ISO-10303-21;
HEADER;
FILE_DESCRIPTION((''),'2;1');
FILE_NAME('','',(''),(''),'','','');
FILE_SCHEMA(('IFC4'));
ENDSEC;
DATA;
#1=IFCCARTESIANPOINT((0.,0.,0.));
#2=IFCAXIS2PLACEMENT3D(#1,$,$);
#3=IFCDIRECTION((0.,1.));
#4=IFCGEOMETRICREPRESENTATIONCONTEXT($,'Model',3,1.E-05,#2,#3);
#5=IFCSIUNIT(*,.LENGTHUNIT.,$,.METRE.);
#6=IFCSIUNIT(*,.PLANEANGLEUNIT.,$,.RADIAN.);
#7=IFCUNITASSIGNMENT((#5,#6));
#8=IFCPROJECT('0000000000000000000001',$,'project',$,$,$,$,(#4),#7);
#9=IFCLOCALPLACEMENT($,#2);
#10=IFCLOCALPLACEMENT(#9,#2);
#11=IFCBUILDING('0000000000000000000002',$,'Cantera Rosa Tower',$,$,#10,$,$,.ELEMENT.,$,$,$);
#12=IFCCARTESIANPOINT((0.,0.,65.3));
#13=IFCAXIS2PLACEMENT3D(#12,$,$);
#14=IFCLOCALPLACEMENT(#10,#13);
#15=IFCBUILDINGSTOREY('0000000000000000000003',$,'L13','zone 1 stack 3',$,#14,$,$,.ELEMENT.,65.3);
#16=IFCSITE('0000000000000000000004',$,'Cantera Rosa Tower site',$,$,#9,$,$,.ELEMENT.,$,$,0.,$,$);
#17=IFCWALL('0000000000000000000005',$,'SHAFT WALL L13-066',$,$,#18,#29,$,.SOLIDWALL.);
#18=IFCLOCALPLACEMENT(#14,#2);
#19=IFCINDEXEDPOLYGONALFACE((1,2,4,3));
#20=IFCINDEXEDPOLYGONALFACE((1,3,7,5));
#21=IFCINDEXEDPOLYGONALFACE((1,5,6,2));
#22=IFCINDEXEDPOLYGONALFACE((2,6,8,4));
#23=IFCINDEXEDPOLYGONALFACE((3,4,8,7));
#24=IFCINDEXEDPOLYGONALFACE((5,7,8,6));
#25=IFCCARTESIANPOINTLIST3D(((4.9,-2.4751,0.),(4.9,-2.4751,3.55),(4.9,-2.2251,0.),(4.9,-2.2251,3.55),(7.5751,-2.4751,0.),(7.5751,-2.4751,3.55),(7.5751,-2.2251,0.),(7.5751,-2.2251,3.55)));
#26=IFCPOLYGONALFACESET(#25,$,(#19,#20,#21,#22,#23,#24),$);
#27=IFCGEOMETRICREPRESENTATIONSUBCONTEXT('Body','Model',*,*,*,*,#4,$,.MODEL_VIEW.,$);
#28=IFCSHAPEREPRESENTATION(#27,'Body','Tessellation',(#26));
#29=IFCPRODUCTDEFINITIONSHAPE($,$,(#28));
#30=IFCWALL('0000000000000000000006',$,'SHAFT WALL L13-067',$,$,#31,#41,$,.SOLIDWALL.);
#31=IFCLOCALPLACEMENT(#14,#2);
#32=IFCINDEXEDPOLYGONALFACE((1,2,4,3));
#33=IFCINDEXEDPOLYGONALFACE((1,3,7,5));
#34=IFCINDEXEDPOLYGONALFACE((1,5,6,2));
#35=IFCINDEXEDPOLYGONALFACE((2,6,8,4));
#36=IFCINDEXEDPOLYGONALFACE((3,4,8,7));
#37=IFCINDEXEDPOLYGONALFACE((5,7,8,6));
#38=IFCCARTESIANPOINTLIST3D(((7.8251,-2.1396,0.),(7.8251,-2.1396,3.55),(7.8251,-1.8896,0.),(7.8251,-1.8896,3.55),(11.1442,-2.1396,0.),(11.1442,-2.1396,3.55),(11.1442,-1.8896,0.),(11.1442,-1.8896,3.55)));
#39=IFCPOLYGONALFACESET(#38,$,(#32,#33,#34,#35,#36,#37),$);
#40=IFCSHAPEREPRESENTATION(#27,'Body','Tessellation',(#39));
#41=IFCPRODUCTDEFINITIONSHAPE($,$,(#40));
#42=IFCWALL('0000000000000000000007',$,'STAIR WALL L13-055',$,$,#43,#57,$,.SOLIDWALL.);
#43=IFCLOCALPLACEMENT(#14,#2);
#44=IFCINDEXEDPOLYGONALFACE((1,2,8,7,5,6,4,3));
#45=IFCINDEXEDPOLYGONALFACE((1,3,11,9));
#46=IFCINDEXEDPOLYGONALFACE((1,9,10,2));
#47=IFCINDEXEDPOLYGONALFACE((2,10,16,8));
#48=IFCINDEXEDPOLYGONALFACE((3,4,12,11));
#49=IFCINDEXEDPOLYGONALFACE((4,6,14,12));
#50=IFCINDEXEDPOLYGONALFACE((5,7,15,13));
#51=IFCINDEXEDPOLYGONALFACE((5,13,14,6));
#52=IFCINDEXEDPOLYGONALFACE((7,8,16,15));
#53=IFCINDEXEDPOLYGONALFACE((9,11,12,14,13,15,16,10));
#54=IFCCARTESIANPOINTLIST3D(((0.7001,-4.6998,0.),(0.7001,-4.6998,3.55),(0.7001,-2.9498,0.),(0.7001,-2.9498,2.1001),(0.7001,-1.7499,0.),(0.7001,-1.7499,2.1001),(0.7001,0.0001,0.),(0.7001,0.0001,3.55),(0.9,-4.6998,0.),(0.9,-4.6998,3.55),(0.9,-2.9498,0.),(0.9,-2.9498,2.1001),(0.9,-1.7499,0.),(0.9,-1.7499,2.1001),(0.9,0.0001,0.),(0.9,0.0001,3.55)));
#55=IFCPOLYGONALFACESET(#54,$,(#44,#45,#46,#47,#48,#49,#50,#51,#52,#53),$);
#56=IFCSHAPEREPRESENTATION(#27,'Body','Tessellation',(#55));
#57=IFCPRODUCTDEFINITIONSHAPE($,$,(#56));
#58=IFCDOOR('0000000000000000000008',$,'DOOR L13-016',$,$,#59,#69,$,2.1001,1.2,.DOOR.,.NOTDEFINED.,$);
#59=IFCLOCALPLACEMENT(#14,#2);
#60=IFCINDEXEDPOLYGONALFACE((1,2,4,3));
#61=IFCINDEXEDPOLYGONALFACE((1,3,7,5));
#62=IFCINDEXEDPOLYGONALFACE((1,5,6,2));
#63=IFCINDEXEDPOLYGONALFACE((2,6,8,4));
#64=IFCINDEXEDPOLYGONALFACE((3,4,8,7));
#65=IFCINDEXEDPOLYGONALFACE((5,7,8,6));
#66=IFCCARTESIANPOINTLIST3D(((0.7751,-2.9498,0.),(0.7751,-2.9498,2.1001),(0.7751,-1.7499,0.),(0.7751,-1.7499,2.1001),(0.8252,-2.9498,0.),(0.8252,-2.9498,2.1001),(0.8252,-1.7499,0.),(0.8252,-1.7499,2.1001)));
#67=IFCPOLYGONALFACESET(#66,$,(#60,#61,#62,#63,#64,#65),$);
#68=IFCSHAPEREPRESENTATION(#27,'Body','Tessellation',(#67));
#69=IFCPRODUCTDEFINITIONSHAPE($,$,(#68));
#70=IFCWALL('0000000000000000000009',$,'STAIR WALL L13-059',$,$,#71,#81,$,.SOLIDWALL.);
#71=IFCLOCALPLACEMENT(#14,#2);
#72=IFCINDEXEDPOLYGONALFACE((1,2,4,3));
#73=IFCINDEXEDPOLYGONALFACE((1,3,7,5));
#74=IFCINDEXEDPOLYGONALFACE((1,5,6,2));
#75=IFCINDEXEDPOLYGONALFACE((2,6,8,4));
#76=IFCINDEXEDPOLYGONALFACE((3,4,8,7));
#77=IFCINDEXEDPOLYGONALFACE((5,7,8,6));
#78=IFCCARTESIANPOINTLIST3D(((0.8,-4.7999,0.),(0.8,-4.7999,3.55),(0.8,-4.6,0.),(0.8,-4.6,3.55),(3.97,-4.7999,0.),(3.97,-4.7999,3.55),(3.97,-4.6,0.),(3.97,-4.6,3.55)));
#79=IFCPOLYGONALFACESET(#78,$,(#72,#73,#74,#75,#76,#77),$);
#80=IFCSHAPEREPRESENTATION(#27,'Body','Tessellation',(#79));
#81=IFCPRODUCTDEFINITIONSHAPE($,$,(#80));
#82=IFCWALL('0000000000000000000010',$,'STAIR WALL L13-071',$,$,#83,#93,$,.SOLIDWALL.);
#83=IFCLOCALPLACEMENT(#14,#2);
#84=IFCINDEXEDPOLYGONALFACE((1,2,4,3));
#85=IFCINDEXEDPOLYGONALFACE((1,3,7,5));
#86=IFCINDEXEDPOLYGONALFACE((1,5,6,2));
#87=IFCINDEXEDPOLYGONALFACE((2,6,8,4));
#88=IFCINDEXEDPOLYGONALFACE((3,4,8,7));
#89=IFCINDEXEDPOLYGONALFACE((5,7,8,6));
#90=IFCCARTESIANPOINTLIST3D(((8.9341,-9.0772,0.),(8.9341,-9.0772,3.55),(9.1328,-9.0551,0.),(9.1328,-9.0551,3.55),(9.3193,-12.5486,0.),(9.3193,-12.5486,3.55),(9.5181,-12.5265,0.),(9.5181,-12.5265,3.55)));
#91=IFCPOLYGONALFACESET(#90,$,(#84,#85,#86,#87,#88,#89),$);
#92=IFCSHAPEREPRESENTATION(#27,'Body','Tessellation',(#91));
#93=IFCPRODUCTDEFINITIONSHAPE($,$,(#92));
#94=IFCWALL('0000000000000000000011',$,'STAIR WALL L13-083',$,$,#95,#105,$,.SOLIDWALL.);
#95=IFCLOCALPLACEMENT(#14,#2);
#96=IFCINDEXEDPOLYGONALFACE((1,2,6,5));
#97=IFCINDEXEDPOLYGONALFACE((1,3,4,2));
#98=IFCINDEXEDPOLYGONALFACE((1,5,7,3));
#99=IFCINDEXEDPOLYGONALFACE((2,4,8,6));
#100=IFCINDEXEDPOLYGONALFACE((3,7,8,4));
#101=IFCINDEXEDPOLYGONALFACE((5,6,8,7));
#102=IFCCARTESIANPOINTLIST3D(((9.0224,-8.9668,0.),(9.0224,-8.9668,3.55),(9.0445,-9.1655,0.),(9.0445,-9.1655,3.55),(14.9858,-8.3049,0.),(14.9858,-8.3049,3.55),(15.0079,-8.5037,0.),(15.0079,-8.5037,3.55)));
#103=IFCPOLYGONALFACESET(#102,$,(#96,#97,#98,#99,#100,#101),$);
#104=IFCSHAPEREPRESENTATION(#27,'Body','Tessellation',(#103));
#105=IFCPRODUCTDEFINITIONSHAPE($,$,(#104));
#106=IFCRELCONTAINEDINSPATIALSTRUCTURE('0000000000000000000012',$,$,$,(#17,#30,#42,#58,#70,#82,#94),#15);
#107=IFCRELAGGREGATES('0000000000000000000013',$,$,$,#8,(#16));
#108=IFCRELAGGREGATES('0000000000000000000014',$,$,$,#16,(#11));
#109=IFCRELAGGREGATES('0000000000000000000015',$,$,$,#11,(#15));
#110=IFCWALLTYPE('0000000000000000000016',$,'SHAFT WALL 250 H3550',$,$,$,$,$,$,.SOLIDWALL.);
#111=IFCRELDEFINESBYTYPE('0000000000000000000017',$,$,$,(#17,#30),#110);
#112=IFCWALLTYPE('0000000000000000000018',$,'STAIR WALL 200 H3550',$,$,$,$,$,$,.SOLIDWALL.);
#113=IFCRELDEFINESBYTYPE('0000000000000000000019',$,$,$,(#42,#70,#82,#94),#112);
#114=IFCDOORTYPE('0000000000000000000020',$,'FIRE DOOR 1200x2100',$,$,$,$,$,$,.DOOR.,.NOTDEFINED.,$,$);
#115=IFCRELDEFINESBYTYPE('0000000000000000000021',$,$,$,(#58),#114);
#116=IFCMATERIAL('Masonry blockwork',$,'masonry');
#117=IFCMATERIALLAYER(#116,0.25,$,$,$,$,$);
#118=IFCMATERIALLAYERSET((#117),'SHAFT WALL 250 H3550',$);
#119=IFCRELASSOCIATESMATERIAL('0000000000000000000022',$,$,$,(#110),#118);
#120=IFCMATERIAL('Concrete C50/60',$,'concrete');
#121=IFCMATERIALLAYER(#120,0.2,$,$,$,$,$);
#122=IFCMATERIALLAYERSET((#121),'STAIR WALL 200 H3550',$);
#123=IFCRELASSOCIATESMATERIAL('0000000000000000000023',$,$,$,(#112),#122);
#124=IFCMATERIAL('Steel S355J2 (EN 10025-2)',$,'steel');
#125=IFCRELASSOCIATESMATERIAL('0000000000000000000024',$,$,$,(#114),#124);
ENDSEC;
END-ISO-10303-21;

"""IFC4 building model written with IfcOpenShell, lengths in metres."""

from ifc_helpers import new_model, si_unit, direction, frame, frame_2d, origin, place, context, subcontext, project, spatial, rectangle, extrude, material, layer, layer_set, type_object, element, fill, save


model = new_model("IFC4")

# Units and contexts
model_context = context("Model", 3, precision=1e-05, world=origin(), true_north=direction((0.0, 1.0)))
body_context = subcontext(model_context, "Body", "Model", "MODEL_VIEW")
ifc_project = project(units=[si_unit("LENGTHUNIT", "METRE"), si_unit("PLANEANGLEUNIT", "RADIAN")], contexts=[model_context])

# Site, building, storey
site_placement = place(None, origin())
site = spatial("IfcSite", under=ifc_project, at=site_placement, Name="Cantera Rosa Tower site", CompositionType="ELEMENT", RefElevation=0.0)
building_placement = place(site_placement, origin())
building = spatial("IfcBuilding", under=site, at=building_placement, Name="Cantera Rosa Tower", CompositionType="ELEMENT")
storey_placement = place(building_placement, frame((0.0, 0.0, 65.3)))
storey = spatial("IfcBuildingStorey", under=building, at=storey_placement, Name="L13", Description="zone 1 stack 3", CompositionType="ELEMENT", Elevation=65.3)

# Walls
ifc_material_1 = material(Name="Masonry blockwork", Category="masonry")
ifc_layer_1 = layer(ifc_material_1, 0.25)
ifc_layer_set_1 = layer_set([ifc_layer_1], Name="SHAFT WALL 250 H3550")
wall_type_1 = type_object("IfcWallType", Name="SHAFT WALL 250 H3550", PredefinedType="SOLIDWALL", material=ifc_layer_set_1)
wall_1_placement = place(storey_placement, frame((7.575, -2.3501, 0.0), z_axis=(0.0, 0.0, 1.0), x_axis=(-1.0, 0.0, 0.0)))
element("IfcWall", 1, at=wall_1_placement, inside=storey, type_object=wall_type_1, Name="SHAFT WALL L13-066", PredefinedType="SOLIDWALL", context=body_context, shape_type="SweptSolid", body=[
    extrude(rectangle(XDim=2.675, YDim=0.25, at=frame_2d((1.3374, 0.0))), origin(), (0.0, 0.0, 1.0), 3.55),
])
wall_2_placement = place(storey_placement, frame((7.825, -2.0146, 0.0), z_axis=(0.0, 0.0, 1.0), x_axis=(1.0, 0.0, 0.0)))
element("IfcWall", 2, at=wall_2_placement, inside=storey, type_object=wall_type_1, Name="SHAFT WALL L13-067", PredefinedType="SOLIDWALL", context=body_context, shape_type="SweptSolid", body=[
    extrude(rectangle(XDim=3.3191, YDim=0.25, at=frame_2d((1.6597, 0.0))), origin(), (0.0, 0.0, 1.0), 3.55),
])

# Wall, opening, door
ifc_material_2 = material(Name="Concrete C50/60", Category="concrete")
ifc_layer_2 = layer(ifc_material_2, 0.2)
ifc_layer_set_2 = layer_set([ifc_layer_2], Name="STAIR WALL 200 H3550")
wall_type_2 = type_object("IfcWallType", Name="STAIR WALL 200 H3550", PredefinedType="SOLIDWALL", material=ifc_layer_set_2)
wall_3_placement = place(storey_placement, frame((0.8, -4.7, 0.0), z_axis=(0.0, 0.0, 1.0), x_axis=(0.0, 1.0, 0.0)))
wall_3 = element("IfcWall", 3, at=wall_3_placement, inside=storey, type_object=wall_type_2, Name="STAIR WALL L13-055", PredefinedType="SOLIDWALL", context=body_context, shape_type="SweptSolid", body=[
    extrude(rectangle(XDim=4.7, YDim=0.2, at=frame_2d((2.3501, 0.0))), origin(), (0.0, 0.0, 1.0), 3.55),
])
opening_1_placement = place(wall_3_placement, frame((1.75, 0.0, 0.0)))
opening_1 = element("IfcOpeningElement", 4, at=opening_1_placement, cuts=wall_3, PredefinedType="OPENING", context=body_context, shape_type="SweptSolid", body=[
    extrude(rectangle(XDim=1.2, YDim=2.1001, at=frame_2d((0.6001, 1.05))), frame((0.0, 0.1099, 0.0), z_axis=(0.0, -1.0, 0.0), x_axis=(1.0, 0.0, 0.0)), (0.0, 0.0, 1.0), 0.22),
])
ifc_material_3 = material(Name="Steel S355J2 (EN 10025-2)", Category="steel")
door_type_1 = type_object("IfcDoorType", Name="FIRE DOOR 1200x2100", OperationType="NOTDEFINED", PredefinedType="DOOR", material=ifc_material_3)
door_1_placement = place(opening_1_placement, origin())
door_1 = element("IfcDoor", 5, at=door_1_placement, inside=storey, type_object=door_type_1, Name="DOOR L13-016", OperationType="NOTDEFINED", OverallHeight=2.1001, OverallWidth=1.2, PredefinedType="DOOR", context=body_context, shape_type="SweptSolid", body=[
    extrude(rectangle(XDim=1.2, YDim=2.1001, at=frame_2d((0.6001, 1.05))), frame((0.0, 0.0249, 0.0), z_axis=(0.0, -1.0, 0.0), x_axis=(1.0, 0.0, 0.0)), (0.0, 0.0, 1.0), 0.05),
])
fill(opening_1, door_1)

# Walls
wall_4_placement = place(storey_placement, frame((3.97, -4.7, 0.0), z_axis=(0.0, 0.0, 1.0), x_axis=(-1.0, 0.0, 0.0)))
element("IfcWall", 6, at=wall_4_placement, inside=storey, type_object=wall_type_2, Name="STAIR WALL L13-059", PredefinedType="SOLIDWALL", context=body_context, shape_type="SweptSolid", body=[
    extrude(rectangle(XDim=3.1699, YDim=0.2, at=frame_2d((1.585, 0.0))), origin(), (0.0, 0.0, 1.0), 3.55),
])
wall_5_placement = place(storey_placement, frame((9.0334, -9.0662, 0.0), z_axis=(0.0, 0.0, 1.0), x_axis=(0.110301, -0.993898, 0.0)))
element("IfcWall", 7, at=wall_5_placement, inside=storey, type_object=wall_type_2, Name="STAIR WALL L13-071", PredefinedType="SOLIDWALL", context=body_context, shape_type="SweptSolid", body=[
    extrude(rectangle(XDim=3.4927, YDim=0.2, at=frame_2d((1.7463, 0.0))), origin(), (0.0, 0.0, 1.0), 3.55),
])
wall_6_placement = place(storey_placement, frame((14.9968, -8.4043, 0.0), z_axis=(0.0, 0.0, 1.0), x_axis=(-0.993897, -0.110311, 0.0)))
element("IfcWall", 8, at=wall_6_placement, inside=storey, type_object=wall_type_2, Name="STAIR WALL L13-083", PredefinedType="SOLIDWALL", context=body_context, shape_type="SweptSolid", body=[
    extrude(rectangle(XDim=6.0, YDim=0.2, at=frame_2d((3.0, 0.0))), origin(), (0.0, 0.0, 1.0), 3.55),
])

save(model, "model.ifc")
